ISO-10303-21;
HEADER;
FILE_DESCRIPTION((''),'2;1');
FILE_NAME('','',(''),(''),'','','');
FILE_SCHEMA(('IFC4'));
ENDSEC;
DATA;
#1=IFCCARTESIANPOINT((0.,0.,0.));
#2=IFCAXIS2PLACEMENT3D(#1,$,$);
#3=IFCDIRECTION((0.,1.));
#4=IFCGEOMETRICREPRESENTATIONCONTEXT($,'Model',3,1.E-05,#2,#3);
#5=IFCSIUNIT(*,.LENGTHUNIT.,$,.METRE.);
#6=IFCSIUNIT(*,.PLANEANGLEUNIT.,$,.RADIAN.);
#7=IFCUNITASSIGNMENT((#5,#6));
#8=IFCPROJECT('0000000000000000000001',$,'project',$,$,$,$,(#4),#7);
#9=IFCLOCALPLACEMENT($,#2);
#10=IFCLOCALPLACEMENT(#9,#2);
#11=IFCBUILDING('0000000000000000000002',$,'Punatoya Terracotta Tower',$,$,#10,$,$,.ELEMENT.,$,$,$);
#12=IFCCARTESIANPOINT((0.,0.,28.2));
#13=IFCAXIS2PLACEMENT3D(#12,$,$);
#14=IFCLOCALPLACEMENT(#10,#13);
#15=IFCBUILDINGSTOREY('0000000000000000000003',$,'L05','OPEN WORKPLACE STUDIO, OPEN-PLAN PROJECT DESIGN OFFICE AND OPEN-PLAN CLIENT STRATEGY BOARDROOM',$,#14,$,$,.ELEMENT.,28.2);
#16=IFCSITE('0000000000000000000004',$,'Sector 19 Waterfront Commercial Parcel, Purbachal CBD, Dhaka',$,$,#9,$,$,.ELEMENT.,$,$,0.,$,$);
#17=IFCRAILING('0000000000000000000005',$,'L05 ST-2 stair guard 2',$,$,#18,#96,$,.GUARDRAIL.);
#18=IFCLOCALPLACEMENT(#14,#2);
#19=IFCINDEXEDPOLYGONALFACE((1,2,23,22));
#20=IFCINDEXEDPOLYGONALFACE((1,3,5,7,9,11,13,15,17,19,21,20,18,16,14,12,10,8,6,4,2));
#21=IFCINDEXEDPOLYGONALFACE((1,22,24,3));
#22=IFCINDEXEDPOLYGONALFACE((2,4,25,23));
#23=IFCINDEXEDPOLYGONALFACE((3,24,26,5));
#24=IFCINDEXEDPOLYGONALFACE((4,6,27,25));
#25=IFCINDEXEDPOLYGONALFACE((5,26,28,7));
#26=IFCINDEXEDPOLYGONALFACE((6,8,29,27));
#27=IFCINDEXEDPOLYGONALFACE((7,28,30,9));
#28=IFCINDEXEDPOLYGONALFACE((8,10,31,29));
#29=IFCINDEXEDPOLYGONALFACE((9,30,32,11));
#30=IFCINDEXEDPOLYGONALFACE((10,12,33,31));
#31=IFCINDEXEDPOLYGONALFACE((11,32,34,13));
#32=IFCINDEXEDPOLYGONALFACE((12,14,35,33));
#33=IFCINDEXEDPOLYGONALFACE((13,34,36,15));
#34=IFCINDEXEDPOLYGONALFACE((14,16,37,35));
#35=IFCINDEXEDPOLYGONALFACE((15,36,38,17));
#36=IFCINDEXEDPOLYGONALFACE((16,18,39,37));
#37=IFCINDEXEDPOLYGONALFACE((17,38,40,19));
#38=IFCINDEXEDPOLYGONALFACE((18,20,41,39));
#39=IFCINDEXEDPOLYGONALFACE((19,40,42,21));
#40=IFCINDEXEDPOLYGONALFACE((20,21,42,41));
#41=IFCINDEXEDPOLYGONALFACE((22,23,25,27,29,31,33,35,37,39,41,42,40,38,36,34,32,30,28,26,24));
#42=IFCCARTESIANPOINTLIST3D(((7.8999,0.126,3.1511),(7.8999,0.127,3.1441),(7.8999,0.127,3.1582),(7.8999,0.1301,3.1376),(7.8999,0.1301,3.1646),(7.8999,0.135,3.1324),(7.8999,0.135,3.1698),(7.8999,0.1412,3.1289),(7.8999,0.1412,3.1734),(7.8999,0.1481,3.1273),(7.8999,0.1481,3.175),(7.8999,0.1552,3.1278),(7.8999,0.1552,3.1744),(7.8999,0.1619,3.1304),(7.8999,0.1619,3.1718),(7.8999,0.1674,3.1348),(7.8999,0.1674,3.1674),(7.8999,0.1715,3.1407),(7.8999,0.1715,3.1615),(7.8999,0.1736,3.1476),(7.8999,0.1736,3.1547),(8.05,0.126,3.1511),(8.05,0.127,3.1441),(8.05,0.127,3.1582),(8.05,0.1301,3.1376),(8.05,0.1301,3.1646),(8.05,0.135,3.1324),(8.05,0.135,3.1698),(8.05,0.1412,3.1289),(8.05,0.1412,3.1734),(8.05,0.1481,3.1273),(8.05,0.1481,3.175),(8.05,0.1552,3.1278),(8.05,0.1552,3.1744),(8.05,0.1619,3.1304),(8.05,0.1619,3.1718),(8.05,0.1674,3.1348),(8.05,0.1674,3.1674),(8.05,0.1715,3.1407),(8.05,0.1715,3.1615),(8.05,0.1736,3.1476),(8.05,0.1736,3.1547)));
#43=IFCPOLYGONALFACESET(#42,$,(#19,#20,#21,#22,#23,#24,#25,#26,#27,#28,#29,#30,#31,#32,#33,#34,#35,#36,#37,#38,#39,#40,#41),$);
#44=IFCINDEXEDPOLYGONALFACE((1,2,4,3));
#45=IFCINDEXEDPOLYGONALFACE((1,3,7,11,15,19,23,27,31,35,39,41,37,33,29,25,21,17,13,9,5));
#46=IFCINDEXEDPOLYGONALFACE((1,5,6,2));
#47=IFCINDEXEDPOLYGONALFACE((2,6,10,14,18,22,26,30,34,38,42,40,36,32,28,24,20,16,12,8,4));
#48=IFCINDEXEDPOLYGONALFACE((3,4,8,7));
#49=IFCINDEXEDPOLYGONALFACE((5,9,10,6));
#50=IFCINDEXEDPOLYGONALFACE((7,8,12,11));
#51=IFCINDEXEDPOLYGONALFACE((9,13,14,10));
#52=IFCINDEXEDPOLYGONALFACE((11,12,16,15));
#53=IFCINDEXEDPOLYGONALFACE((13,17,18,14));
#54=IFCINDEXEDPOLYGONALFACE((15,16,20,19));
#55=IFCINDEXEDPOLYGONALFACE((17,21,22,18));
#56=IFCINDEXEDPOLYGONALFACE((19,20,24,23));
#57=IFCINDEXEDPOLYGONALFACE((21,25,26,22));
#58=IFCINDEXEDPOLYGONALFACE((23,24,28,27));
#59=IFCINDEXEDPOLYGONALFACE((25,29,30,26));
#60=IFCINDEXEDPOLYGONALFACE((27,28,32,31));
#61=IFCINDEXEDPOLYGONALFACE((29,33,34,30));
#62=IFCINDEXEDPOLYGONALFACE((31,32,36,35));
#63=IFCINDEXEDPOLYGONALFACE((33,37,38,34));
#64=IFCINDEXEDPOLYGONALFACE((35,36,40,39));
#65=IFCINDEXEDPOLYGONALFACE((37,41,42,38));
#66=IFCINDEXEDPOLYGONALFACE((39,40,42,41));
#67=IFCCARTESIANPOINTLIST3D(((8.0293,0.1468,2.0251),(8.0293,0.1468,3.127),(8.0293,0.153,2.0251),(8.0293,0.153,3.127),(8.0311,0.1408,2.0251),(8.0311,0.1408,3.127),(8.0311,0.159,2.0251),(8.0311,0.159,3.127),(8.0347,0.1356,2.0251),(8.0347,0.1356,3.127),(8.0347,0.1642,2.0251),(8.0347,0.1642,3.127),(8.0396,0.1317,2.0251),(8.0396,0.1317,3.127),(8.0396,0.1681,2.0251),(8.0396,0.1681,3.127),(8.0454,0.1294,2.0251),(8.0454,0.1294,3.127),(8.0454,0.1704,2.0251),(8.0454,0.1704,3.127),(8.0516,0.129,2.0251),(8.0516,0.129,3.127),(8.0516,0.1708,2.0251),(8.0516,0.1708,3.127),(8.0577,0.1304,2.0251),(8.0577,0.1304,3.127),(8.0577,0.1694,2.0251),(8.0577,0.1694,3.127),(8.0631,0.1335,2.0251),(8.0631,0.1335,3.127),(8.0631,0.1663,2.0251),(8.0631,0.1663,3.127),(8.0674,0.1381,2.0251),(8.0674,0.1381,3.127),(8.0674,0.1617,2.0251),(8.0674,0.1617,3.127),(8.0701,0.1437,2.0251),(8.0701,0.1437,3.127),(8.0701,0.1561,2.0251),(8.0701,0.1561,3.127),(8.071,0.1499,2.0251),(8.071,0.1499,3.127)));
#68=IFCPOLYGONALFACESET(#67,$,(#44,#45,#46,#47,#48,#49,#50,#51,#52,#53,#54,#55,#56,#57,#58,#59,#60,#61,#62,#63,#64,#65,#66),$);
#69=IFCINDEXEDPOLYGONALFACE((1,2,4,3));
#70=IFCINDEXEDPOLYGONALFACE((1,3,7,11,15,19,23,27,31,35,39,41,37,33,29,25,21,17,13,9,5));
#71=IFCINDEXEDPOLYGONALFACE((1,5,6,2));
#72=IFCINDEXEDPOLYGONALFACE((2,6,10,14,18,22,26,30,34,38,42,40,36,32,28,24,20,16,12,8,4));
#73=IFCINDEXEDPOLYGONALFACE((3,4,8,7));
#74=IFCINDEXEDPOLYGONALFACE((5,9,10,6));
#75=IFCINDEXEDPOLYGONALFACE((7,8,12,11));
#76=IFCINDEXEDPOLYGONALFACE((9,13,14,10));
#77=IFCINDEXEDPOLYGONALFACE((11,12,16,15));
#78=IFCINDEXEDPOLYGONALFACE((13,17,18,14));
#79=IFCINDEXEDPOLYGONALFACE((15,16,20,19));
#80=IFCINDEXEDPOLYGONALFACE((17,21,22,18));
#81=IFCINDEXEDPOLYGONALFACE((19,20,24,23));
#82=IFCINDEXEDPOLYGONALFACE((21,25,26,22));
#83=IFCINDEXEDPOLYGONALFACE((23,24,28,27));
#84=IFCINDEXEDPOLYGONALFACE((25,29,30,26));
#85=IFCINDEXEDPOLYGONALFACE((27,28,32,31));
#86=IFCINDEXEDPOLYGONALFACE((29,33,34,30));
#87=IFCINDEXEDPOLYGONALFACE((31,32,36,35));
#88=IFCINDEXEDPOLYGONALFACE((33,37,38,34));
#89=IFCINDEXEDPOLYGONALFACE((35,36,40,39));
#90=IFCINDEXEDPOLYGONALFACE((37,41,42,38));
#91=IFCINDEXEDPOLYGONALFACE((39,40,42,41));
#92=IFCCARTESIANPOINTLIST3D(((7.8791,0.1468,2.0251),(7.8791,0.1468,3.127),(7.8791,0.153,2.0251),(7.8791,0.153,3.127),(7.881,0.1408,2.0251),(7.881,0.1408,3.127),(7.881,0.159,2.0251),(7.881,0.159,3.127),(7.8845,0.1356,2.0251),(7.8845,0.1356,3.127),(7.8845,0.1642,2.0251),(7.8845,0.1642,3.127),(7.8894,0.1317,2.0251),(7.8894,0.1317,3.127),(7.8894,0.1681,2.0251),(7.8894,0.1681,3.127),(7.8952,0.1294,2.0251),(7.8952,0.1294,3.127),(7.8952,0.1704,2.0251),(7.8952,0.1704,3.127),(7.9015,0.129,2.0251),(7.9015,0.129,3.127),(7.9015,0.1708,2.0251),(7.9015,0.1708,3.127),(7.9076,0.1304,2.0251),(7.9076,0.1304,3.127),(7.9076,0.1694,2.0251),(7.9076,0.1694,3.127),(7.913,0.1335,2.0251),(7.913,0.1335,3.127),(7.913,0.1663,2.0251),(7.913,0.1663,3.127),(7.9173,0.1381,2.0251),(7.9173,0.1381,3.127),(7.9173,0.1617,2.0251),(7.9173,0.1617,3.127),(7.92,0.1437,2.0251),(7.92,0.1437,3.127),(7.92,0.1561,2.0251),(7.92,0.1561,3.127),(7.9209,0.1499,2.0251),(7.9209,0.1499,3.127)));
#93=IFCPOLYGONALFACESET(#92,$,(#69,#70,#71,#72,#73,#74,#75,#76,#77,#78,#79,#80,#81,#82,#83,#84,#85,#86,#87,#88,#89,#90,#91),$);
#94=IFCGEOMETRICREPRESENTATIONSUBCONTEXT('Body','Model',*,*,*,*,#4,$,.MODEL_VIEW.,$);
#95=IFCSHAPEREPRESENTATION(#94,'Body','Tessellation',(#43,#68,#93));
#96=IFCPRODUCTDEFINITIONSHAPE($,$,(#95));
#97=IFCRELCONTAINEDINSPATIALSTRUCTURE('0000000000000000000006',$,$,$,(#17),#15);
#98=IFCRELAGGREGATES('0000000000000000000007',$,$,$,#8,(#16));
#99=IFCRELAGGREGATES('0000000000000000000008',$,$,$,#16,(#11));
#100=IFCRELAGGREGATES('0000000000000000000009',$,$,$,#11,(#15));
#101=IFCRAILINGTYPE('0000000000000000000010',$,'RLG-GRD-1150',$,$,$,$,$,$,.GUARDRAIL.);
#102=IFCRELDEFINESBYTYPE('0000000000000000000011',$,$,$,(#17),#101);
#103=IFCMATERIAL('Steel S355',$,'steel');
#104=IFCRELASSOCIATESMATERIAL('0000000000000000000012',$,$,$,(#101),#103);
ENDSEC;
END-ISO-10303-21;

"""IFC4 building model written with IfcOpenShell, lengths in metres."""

from ifc_helpers import new_model, si_unit, direction, frame, origin, origin_2d, place, context, subcontext, project, spatial, circle, extrude, material, type_object, element, save


model = new_model("IFC4")

# Units and contexts
model_context = context("Model", 3, precision=1e-05, world=origin(), true_north=direction((0.0, 1.0)))
body_context = subcontext(model_context, "Body", "Model", "MODEL_VIEW")
ifc_project = project(units=[si_unit("LENGTHUNIT", "METRE"), si_unit("PLANEANGLEUNIT", "RADIAN")], contexts=[model_context])

# Site, building, storey
site_placement = place(None, origin())
site = spatial("IfcSite", under=ifc_project, at=site_placement, Name="Sector 19 Waterfront Commercial Parcel, Purbachal CBD, Dhaka", CompositionType="ELEMENT", RefElevation=0.0)
building_placement = place(site_placement, origin())
building = spatial("IfcBuilding", under=site, at=building_placement, Name="Punatoya Terracotta Tower", CompositionType="ELEMENT")
storey_placement = place(building_placement, frame((0.0, 0.0, 28.2)))
storey = spatial("IfcBuildingStorey", under=building, at=storey_placement, Name="L05", Description="OPEN WORKPLACE STUDIO, OPEN-PLAN PROJECT DESIGN OFFICE AND OPEN-PLAN CLIENT STRATEGY BOARDROOM", CompositionType="ELEMENT", Elevation=28.2)

# Shared definitions
ifc_material_1 = material(Name="Steel S355", Category="steel")

# Railing
railing_type_1 = type_object("IfcRailingType", Name="RLG-GRD-1150", PredefinedType="GUARDRAIL", material=ifc_material_1)
railing_1_placement = place(storey_placement, frame((8.05, 0.1499, 2.0251)))
element("IfcRailing", 1, at=railing_1_placement, inside=storey, type_object=railing_type_1, Name="L05 ST-2 stair guard 2", PredefinedType="GUARDRAIL", context=body_context, shape_type="SweptSolid", body=[
    extrude(circle(Radius=0.0239, at=origin_2d()), frame((0.0, 0.0, 1.126), z_axis=(-1.0, 0.0, 0.0), x_axis=(0.0, -1.0, 0.0)), (0.0, 0.0, 1.0), 0.1501),
    extrude(circle(Radius=0.021, at=origin_2d()), origin(), (0.0, 0.0, 1.0), 1.1018),
    extrude(circle(Radius=0.021, at=origin_2d()), frame((-0.1501, 0.0, 0.0)), (0.0, 0.0, 1.0), 1.1018),
])

save(model, "model.ifc")
